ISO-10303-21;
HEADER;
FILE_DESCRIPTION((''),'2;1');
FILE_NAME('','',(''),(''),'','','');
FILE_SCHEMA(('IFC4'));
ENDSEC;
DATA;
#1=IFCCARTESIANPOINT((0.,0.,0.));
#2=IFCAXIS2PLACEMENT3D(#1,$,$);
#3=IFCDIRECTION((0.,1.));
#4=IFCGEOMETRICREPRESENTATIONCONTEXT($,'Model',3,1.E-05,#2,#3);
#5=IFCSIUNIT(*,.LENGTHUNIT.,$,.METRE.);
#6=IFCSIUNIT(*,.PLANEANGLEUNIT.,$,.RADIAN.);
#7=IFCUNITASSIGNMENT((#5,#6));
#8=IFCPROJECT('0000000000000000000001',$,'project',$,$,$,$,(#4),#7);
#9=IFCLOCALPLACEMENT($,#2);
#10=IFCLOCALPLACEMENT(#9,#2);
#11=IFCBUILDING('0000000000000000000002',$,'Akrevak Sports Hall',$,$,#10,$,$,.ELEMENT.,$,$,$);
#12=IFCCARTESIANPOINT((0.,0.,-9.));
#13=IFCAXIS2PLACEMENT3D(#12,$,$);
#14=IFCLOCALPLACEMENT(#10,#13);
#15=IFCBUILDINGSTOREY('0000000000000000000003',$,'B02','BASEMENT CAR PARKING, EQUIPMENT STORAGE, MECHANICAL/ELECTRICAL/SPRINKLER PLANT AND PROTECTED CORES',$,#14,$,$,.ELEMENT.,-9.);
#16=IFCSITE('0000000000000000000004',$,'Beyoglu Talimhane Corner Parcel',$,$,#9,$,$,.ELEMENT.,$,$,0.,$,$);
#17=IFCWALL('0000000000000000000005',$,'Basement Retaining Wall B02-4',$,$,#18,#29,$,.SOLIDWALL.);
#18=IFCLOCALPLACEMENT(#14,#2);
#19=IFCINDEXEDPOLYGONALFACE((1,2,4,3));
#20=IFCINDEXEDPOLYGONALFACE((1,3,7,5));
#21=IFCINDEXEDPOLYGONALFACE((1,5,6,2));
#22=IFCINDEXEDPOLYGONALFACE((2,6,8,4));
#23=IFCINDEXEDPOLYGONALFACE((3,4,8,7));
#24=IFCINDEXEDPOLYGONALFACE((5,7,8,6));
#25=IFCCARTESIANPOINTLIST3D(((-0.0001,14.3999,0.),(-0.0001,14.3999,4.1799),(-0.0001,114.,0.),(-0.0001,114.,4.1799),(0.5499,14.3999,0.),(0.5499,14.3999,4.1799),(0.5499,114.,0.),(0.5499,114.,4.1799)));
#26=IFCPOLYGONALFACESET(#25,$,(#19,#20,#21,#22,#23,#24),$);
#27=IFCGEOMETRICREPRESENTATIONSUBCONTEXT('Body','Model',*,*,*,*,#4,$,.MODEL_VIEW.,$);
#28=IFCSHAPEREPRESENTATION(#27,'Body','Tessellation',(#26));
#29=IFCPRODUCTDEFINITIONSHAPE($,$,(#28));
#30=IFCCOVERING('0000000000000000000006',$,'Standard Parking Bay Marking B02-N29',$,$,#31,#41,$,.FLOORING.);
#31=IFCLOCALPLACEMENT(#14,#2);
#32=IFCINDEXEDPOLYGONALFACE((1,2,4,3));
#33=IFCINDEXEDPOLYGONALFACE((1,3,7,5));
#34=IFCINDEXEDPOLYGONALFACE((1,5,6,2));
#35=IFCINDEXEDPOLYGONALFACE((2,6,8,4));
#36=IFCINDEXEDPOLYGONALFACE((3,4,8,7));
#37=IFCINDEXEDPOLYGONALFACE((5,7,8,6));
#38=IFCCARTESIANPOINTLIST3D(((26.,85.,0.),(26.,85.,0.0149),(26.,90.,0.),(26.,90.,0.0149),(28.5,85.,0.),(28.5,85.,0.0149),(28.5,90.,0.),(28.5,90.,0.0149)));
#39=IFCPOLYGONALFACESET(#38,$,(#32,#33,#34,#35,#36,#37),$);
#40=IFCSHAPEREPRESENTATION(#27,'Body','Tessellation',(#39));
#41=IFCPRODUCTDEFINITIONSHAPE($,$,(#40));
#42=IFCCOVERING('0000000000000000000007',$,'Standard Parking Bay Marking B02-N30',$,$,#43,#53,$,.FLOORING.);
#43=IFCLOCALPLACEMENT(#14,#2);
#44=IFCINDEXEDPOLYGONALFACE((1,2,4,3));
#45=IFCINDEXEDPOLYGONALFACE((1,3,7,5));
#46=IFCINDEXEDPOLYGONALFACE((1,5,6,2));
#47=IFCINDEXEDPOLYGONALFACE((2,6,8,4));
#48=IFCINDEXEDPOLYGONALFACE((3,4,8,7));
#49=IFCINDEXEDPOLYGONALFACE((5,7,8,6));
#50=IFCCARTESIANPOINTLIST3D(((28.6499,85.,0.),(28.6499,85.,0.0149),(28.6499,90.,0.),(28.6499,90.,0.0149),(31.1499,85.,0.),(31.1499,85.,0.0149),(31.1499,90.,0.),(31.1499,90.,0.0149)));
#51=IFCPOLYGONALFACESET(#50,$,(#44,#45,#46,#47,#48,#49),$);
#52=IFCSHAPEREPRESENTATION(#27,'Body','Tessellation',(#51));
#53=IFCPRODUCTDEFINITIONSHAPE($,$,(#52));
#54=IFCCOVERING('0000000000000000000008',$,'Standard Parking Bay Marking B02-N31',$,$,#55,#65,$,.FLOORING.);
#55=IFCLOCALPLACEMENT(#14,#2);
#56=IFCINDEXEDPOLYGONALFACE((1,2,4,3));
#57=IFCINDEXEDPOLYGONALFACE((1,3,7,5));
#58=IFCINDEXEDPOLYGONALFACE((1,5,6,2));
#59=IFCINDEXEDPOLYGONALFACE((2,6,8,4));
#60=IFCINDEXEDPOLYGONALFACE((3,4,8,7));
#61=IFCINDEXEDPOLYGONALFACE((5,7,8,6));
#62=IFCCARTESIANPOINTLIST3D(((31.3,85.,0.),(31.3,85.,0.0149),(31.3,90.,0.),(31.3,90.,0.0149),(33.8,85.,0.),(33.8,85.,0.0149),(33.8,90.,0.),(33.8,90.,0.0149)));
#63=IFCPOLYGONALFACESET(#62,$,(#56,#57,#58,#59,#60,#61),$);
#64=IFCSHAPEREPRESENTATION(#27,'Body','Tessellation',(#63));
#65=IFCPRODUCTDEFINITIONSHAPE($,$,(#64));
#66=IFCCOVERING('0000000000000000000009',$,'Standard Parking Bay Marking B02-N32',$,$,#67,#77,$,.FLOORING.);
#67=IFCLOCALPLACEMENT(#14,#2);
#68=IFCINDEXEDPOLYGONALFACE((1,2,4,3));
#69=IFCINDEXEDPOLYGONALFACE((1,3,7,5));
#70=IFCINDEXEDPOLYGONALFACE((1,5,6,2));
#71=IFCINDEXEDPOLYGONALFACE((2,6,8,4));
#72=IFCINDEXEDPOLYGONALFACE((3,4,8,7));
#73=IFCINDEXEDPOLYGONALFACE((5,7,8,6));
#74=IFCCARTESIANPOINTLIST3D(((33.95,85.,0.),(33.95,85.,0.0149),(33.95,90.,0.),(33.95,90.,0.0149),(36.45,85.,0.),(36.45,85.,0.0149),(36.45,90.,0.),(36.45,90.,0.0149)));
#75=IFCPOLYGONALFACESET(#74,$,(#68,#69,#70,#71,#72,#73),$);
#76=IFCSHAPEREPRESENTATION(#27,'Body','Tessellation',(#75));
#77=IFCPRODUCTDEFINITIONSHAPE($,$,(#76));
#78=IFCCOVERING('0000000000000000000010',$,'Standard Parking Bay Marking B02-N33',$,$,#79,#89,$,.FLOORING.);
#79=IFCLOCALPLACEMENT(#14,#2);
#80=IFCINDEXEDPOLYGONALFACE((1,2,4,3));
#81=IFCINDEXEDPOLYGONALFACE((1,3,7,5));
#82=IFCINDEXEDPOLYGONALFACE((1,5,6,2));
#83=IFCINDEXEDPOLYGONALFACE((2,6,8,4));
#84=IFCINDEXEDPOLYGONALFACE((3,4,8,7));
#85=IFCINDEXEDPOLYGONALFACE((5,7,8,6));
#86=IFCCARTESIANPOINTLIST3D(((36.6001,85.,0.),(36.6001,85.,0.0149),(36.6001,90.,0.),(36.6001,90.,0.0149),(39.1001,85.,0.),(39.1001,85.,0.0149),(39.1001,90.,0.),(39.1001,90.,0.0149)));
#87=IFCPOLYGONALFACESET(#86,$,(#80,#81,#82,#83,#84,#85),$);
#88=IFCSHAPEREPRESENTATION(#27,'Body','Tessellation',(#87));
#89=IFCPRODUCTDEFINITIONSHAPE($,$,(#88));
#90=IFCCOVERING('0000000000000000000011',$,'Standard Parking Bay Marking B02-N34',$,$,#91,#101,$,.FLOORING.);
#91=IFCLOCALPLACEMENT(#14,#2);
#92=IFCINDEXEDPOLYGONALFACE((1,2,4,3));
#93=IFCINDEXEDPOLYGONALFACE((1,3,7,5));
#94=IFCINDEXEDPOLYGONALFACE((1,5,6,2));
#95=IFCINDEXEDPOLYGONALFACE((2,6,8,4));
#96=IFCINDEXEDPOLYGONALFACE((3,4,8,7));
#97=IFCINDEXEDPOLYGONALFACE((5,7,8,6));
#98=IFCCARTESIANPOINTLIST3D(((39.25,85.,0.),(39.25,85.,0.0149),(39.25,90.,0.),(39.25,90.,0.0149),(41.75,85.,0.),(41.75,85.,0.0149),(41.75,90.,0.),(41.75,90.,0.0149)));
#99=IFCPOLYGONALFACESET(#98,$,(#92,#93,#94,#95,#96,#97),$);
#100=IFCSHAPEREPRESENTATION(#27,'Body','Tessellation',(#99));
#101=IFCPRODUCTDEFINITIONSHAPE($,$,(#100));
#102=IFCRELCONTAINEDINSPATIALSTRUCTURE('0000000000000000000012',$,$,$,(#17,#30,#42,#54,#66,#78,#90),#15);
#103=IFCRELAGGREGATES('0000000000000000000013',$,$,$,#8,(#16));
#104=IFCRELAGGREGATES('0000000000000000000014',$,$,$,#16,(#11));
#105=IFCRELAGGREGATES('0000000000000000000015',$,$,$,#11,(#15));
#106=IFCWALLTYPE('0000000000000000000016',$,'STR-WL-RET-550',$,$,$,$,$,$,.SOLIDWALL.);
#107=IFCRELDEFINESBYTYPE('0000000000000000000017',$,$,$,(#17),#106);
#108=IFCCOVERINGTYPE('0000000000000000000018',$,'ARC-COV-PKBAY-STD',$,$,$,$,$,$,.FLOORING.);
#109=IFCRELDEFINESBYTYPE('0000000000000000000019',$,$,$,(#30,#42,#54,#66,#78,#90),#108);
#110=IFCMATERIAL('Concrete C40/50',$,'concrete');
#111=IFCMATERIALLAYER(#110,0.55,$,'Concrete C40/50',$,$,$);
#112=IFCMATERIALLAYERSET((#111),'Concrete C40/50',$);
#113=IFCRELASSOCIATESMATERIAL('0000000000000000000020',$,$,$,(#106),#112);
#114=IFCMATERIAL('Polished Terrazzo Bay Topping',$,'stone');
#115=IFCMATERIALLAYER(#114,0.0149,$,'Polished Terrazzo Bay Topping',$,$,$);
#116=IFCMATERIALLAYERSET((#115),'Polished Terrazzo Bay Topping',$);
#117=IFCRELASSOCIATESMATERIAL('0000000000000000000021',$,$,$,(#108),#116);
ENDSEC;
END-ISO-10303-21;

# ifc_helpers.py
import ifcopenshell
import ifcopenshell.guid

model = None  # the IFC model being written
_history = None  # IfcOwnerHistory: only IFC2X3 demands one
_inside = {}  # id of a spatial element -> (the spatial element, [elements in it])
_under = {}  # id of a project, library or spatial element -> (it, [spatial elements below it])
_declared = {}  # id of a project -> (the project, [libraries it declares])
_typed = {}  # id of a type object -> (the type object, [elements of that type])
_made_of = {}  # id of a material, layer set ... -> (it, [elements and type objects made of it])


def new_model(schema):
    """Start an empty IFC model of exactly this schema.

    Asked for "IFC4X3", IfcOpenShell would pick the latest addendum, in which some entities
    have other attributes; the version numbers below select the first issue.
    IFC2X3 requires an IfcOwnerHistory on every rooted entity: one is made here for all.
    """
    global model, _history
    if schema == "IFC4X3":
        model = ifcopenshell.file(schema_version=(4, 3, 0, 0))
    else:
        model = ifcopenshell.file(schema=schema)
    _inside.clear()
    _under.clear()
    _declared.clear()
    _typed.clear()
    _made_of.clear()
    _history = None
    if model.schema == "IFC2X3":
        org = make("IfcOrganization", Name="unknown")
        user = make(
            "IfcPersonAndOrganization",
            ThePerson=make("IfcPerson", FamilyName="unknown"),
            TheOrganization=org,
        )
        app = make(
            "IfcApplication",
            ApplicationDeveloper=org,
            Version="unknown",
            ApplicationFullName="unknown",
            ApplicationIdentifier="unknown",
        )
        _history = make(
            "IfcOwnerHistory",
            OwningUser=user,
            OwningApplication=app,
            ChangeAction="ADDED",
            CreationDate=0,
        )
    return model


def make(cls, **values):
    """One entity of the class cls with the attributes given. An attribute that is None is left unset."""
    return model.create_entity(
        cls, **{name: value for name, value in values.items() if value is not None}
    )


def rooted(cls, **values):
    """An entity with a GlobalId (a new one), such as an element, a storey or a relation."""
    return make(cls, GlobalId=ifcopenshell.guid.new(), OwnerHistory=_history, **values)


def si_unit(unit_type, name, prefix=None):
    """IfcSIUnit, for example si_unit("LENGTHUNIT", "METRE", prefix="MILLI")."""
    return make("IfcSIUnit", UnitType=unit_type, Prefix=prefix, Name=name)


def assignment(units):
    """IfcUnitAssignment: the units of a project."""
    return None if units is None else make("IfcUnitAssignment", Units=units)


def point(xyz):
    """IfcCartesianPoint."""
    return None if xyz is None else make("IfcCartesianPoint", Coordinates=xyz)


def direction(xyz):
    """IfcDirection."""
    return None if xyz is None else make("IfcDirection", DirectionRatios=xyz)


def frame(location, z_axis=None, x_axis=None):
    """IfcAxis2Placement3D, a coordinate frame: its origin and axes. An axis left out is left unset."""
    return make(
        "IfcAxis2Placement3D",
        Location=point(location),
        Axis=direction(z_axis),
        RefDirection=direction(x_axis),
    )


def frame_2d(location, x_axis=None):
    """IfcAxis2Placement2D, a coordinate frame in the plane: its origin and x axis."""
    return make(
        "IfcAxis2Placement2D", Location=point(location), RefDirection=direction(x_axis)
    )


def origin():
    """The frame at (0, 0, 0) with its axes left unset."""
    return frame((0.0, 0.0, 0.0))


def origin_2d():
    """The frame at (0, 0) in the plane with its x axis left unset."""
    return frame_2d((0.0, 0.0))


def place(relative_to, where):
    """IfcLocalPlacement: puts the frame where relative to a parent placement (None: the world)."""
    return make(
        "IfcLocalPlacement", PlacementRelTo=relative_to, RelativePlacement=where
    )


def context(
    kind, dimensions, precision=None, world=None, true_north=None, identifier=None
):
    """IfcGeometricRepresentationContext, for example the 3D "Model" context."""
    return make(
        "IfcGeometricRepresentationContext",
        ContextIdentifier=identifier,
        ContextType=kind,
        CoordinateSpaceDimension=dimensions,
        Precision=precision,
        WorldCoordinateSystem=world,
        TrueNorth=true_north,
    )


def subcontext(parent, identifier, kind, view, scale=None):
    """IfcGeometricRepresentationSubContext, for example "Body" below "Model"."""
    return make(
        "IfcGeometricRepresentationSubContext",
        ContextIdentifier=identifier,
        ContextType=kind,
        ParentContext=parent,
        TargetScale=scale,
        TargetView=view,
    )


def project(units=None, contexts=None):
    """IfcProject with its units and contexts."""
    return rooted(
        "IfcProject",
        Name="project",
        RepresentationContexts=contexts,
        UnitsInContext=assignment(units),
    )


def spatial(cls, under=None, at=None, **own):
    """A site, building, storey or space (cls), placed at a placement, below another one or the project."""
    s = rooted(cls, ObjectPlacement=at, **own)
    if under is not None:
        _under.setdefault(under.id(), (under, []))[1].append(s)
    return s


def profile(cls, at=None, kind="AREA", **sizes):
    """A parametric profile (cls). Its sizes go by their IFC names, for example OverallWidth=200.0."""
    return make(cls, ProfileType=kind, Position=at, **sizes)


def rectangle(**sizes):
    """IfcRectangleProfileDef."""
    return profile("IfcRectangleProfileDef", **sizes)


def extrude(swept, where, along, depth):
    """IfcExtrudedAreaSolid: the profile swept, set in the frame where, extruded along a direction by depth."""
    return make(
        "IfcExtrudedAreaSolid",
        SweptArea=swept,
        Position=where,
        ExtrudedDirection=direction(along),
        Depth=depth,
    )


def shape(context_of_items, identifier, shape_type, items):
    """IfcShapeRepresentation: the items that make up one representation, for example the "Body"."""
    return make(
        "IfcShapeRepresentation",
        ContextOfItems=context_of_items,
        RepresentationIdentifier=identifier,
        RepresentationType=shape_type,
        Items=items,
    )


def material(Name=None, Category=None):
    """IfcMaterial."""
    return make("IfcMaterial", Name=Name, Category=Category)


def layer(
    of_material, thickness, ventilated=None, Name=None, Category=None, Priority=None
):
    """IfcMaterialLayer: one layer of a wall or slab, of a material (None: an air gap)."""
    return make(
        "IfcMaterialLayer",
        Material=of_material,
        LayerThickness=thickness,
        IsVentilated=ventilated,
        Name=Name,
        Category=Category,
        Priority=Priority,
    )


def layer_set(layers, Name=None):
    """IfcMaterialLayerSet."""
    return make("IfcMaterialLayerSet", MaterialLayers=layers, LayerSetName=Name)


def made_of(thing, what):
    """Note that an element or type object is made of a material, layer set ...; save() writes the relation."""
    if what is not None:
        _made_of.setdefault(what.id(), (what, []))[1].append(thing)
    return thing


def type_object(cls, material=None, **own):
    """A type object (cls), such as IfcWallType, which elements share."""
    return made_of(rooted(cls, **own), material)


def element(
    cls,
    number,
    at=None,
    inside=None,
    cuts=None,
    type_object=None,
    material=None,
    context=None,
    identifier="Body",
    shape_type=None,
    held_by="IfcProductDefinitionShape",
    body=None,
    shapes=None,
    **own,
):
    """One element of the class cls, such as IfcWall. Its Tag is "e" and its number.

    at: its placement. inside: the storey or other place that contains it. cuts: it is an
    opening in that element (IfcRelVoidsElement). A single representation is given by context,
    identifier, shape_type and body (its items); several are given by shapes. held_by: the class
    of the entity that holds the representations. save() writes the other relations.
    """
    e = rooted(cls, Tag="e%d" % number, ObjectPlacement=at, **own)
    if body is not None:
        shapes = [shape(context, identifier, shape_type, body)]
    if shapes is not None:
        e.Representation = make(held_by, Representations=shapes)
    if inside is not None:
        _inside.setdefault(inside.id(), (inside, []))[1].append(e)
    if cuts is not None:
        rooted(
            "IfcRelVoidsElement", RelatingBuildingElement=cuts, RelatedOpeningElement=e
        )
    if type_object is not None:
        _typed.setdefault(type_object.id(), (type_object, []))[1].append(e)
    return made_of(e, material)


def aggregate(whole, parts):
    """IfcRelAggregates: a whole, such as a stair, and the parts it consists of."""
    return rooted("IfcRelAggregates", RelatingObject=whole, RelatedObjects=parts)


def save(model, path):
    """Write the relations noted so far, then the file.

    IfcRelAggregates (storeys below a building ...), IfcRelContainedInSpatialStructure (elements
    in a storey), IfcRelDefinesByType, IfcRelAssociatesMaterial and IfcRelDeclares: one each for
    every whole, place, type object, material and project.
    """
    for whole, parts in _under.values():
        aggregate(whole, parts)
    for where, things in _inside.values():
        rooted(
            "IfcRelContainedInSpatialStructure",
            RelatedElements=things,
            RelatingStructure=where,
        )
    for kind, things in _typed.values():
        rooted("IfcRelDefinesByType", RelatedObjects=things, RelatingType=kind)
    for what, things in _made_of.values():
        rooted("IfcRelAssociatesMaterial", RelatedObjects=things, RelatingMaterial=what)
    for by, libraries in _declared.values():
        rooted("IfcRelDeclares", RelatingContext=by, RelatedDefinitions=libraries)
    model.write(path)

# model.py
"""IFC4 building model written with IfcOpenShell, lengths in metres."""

from ifc_helpers import new_model, si_unit, direction, frame, frame_2d, origin, origin_2d, place, context, subcontext, project, spatial, rectangle, extrude, material, layer, layer_set, type_object, element, save


model = new_model("IFC4")

# Units and contexts
model_context = context("Model", 3, precision=1e-05, world=origin(), true_north=direction((0.0, 1.0)))
body_context = subcontext(model_context, "Body", "Model", "MODEL_VIEW")
ifc_project = project(units=[si_unit("LENGTHUNIT", "METRE"), si_unit("PLANEANGLEUNIT", "RADIAN")], contexts=[model_context])

# Site, building, storey
site_placement = place(None, origin())
site = spatial("IfcSite", under=ifc_project, at=site_placement, Name="Beyoglu Talimhane Corner Parcel", CompositionType="ELEMENT", RefElevation=0.0)
building_placement = place(site_placement, origin())
building = spatial("IfcBuilding", under=site, at=building_placement, Name="Akrevak Sports Hall", CompositionType="ELEMENT")
storey_placement = place(building_placement, frame((0.0, 0.0, -9.0)))
storey = spatial("IfcBuildingStorey", under=building, at=storey_placement, Name="B02", Description="BASEMENT CAR PARKING, EQUIPMENT STORAGE, MECHANICAL/ELECTRICAL/SPRINKLER PLANT AND PROTECTED CORES", CompositionType="ELEMENT", Elevation=-9.0)

# Shared definitions
ifc_material_1 = material(Name="Concrete C40/50", Category="concrete")

# Wall
ifc_layer_1 = layer(ifc_material_1, 0.55, Name="Concrete C40/50")
ifc_layer_set_1 = layer_set([ifc_layer_1], Name="Concrete C40/50")
wall_type_1 = type_object("IfcWallType", Name="STR-WL-RET-550", PredefinedType="SOLIDWALL", material=ifc_layer_set_1)
wall_1_placement = place(storey_placement, frame((0.2749, 114.0, 0.0), z_axis=(0.0, 0.0, 1.0), x_axis=(0.0, -1.0, 0.0)))
element("IfcWall", 1, at=wall_1_placement, inside=storey, type_object=wall_type_1, Name="Basement Retaining Wall B02-4", PredefinedType="SOLIDWALL", context=body_context, shape_type="SweptSolid", body=[
    extrude(rectangle(XDim=99.6001, YDim=0.55, at=frame_2d((49.8, 0.0))), origin(), (0.0, 0.0, 1.0), 4.1799),
])

# Coverings
ifc_material_2 = material(Name="Polished Terrazzo Bay Topping", Category="stone")
ifc_layer_2 = layer(ifc_material_2, 0.0149, Name="Polished Terrazzo Bay Topping")
ifc_layer_set_2 = layer_set([ifc_layer_2], Name="Polished Terrazzo Bay Topping")
covering_type = type_object("IfcCoveringType", Name="ARC-COV-PKBAY-STD", PredefinedType="FLOORING", material=ifc_layer_set_2)
for number, where, z_axis, x_axis, name in (
    (2, (27.25, 87.5, 0.0), (0.0, 0.0, 1.0), (1.0, 0.0, 0.0), "Standard Parking Bay Marking B02-N29"),
    (3, (29.8999, 87.5, 0.0), (0.0, 0.0, 1.0), (1.0, 0.0, 0.0), "Standard Parking Bay Marking B02-N30"),
    (4, (32.55, 87.5, 0.0), (0.0, 0.0, 1.0), (1.0, 0.0, 0.0), "Standard Parking Bay Marking B02-N31"),
    (5, (35.2, 87.5, 0.0), (0.0, 0.0, 1.0), (1.0, 0.0, 0.0), "Standard Parking Bay Marking B02-N32"),
    (6, (37.8501, 87.5, 0.0), (0.0, 0.0, 1.0), (1.0, 0.0, 0.0), "Standard Parking Bay Marking B02-N33"),
    (7, (40.5, 87.5, 0.0), (0.0, 0.0, 1.0), (1.0, 0.0, 0.0), "Standard Parking Bay Marking B02-N34"),
):
    element("IfcCovering", number, at=place(storey_placement, frame(where, z_axis=z_axis, x_axis=x_axis)), inside=storey, type_object=covering_type, Name=name, PredefinedType="FLOORING", context=body_context, shape_type="SweptSolid", body=[
        extrude(rectangle(XDim=2.5, YDim=5.0, at=origin_2d()), origin(), (0.0, 0.0, 1.0), 0.0149),
    ])

save(model, "model.ifc")
